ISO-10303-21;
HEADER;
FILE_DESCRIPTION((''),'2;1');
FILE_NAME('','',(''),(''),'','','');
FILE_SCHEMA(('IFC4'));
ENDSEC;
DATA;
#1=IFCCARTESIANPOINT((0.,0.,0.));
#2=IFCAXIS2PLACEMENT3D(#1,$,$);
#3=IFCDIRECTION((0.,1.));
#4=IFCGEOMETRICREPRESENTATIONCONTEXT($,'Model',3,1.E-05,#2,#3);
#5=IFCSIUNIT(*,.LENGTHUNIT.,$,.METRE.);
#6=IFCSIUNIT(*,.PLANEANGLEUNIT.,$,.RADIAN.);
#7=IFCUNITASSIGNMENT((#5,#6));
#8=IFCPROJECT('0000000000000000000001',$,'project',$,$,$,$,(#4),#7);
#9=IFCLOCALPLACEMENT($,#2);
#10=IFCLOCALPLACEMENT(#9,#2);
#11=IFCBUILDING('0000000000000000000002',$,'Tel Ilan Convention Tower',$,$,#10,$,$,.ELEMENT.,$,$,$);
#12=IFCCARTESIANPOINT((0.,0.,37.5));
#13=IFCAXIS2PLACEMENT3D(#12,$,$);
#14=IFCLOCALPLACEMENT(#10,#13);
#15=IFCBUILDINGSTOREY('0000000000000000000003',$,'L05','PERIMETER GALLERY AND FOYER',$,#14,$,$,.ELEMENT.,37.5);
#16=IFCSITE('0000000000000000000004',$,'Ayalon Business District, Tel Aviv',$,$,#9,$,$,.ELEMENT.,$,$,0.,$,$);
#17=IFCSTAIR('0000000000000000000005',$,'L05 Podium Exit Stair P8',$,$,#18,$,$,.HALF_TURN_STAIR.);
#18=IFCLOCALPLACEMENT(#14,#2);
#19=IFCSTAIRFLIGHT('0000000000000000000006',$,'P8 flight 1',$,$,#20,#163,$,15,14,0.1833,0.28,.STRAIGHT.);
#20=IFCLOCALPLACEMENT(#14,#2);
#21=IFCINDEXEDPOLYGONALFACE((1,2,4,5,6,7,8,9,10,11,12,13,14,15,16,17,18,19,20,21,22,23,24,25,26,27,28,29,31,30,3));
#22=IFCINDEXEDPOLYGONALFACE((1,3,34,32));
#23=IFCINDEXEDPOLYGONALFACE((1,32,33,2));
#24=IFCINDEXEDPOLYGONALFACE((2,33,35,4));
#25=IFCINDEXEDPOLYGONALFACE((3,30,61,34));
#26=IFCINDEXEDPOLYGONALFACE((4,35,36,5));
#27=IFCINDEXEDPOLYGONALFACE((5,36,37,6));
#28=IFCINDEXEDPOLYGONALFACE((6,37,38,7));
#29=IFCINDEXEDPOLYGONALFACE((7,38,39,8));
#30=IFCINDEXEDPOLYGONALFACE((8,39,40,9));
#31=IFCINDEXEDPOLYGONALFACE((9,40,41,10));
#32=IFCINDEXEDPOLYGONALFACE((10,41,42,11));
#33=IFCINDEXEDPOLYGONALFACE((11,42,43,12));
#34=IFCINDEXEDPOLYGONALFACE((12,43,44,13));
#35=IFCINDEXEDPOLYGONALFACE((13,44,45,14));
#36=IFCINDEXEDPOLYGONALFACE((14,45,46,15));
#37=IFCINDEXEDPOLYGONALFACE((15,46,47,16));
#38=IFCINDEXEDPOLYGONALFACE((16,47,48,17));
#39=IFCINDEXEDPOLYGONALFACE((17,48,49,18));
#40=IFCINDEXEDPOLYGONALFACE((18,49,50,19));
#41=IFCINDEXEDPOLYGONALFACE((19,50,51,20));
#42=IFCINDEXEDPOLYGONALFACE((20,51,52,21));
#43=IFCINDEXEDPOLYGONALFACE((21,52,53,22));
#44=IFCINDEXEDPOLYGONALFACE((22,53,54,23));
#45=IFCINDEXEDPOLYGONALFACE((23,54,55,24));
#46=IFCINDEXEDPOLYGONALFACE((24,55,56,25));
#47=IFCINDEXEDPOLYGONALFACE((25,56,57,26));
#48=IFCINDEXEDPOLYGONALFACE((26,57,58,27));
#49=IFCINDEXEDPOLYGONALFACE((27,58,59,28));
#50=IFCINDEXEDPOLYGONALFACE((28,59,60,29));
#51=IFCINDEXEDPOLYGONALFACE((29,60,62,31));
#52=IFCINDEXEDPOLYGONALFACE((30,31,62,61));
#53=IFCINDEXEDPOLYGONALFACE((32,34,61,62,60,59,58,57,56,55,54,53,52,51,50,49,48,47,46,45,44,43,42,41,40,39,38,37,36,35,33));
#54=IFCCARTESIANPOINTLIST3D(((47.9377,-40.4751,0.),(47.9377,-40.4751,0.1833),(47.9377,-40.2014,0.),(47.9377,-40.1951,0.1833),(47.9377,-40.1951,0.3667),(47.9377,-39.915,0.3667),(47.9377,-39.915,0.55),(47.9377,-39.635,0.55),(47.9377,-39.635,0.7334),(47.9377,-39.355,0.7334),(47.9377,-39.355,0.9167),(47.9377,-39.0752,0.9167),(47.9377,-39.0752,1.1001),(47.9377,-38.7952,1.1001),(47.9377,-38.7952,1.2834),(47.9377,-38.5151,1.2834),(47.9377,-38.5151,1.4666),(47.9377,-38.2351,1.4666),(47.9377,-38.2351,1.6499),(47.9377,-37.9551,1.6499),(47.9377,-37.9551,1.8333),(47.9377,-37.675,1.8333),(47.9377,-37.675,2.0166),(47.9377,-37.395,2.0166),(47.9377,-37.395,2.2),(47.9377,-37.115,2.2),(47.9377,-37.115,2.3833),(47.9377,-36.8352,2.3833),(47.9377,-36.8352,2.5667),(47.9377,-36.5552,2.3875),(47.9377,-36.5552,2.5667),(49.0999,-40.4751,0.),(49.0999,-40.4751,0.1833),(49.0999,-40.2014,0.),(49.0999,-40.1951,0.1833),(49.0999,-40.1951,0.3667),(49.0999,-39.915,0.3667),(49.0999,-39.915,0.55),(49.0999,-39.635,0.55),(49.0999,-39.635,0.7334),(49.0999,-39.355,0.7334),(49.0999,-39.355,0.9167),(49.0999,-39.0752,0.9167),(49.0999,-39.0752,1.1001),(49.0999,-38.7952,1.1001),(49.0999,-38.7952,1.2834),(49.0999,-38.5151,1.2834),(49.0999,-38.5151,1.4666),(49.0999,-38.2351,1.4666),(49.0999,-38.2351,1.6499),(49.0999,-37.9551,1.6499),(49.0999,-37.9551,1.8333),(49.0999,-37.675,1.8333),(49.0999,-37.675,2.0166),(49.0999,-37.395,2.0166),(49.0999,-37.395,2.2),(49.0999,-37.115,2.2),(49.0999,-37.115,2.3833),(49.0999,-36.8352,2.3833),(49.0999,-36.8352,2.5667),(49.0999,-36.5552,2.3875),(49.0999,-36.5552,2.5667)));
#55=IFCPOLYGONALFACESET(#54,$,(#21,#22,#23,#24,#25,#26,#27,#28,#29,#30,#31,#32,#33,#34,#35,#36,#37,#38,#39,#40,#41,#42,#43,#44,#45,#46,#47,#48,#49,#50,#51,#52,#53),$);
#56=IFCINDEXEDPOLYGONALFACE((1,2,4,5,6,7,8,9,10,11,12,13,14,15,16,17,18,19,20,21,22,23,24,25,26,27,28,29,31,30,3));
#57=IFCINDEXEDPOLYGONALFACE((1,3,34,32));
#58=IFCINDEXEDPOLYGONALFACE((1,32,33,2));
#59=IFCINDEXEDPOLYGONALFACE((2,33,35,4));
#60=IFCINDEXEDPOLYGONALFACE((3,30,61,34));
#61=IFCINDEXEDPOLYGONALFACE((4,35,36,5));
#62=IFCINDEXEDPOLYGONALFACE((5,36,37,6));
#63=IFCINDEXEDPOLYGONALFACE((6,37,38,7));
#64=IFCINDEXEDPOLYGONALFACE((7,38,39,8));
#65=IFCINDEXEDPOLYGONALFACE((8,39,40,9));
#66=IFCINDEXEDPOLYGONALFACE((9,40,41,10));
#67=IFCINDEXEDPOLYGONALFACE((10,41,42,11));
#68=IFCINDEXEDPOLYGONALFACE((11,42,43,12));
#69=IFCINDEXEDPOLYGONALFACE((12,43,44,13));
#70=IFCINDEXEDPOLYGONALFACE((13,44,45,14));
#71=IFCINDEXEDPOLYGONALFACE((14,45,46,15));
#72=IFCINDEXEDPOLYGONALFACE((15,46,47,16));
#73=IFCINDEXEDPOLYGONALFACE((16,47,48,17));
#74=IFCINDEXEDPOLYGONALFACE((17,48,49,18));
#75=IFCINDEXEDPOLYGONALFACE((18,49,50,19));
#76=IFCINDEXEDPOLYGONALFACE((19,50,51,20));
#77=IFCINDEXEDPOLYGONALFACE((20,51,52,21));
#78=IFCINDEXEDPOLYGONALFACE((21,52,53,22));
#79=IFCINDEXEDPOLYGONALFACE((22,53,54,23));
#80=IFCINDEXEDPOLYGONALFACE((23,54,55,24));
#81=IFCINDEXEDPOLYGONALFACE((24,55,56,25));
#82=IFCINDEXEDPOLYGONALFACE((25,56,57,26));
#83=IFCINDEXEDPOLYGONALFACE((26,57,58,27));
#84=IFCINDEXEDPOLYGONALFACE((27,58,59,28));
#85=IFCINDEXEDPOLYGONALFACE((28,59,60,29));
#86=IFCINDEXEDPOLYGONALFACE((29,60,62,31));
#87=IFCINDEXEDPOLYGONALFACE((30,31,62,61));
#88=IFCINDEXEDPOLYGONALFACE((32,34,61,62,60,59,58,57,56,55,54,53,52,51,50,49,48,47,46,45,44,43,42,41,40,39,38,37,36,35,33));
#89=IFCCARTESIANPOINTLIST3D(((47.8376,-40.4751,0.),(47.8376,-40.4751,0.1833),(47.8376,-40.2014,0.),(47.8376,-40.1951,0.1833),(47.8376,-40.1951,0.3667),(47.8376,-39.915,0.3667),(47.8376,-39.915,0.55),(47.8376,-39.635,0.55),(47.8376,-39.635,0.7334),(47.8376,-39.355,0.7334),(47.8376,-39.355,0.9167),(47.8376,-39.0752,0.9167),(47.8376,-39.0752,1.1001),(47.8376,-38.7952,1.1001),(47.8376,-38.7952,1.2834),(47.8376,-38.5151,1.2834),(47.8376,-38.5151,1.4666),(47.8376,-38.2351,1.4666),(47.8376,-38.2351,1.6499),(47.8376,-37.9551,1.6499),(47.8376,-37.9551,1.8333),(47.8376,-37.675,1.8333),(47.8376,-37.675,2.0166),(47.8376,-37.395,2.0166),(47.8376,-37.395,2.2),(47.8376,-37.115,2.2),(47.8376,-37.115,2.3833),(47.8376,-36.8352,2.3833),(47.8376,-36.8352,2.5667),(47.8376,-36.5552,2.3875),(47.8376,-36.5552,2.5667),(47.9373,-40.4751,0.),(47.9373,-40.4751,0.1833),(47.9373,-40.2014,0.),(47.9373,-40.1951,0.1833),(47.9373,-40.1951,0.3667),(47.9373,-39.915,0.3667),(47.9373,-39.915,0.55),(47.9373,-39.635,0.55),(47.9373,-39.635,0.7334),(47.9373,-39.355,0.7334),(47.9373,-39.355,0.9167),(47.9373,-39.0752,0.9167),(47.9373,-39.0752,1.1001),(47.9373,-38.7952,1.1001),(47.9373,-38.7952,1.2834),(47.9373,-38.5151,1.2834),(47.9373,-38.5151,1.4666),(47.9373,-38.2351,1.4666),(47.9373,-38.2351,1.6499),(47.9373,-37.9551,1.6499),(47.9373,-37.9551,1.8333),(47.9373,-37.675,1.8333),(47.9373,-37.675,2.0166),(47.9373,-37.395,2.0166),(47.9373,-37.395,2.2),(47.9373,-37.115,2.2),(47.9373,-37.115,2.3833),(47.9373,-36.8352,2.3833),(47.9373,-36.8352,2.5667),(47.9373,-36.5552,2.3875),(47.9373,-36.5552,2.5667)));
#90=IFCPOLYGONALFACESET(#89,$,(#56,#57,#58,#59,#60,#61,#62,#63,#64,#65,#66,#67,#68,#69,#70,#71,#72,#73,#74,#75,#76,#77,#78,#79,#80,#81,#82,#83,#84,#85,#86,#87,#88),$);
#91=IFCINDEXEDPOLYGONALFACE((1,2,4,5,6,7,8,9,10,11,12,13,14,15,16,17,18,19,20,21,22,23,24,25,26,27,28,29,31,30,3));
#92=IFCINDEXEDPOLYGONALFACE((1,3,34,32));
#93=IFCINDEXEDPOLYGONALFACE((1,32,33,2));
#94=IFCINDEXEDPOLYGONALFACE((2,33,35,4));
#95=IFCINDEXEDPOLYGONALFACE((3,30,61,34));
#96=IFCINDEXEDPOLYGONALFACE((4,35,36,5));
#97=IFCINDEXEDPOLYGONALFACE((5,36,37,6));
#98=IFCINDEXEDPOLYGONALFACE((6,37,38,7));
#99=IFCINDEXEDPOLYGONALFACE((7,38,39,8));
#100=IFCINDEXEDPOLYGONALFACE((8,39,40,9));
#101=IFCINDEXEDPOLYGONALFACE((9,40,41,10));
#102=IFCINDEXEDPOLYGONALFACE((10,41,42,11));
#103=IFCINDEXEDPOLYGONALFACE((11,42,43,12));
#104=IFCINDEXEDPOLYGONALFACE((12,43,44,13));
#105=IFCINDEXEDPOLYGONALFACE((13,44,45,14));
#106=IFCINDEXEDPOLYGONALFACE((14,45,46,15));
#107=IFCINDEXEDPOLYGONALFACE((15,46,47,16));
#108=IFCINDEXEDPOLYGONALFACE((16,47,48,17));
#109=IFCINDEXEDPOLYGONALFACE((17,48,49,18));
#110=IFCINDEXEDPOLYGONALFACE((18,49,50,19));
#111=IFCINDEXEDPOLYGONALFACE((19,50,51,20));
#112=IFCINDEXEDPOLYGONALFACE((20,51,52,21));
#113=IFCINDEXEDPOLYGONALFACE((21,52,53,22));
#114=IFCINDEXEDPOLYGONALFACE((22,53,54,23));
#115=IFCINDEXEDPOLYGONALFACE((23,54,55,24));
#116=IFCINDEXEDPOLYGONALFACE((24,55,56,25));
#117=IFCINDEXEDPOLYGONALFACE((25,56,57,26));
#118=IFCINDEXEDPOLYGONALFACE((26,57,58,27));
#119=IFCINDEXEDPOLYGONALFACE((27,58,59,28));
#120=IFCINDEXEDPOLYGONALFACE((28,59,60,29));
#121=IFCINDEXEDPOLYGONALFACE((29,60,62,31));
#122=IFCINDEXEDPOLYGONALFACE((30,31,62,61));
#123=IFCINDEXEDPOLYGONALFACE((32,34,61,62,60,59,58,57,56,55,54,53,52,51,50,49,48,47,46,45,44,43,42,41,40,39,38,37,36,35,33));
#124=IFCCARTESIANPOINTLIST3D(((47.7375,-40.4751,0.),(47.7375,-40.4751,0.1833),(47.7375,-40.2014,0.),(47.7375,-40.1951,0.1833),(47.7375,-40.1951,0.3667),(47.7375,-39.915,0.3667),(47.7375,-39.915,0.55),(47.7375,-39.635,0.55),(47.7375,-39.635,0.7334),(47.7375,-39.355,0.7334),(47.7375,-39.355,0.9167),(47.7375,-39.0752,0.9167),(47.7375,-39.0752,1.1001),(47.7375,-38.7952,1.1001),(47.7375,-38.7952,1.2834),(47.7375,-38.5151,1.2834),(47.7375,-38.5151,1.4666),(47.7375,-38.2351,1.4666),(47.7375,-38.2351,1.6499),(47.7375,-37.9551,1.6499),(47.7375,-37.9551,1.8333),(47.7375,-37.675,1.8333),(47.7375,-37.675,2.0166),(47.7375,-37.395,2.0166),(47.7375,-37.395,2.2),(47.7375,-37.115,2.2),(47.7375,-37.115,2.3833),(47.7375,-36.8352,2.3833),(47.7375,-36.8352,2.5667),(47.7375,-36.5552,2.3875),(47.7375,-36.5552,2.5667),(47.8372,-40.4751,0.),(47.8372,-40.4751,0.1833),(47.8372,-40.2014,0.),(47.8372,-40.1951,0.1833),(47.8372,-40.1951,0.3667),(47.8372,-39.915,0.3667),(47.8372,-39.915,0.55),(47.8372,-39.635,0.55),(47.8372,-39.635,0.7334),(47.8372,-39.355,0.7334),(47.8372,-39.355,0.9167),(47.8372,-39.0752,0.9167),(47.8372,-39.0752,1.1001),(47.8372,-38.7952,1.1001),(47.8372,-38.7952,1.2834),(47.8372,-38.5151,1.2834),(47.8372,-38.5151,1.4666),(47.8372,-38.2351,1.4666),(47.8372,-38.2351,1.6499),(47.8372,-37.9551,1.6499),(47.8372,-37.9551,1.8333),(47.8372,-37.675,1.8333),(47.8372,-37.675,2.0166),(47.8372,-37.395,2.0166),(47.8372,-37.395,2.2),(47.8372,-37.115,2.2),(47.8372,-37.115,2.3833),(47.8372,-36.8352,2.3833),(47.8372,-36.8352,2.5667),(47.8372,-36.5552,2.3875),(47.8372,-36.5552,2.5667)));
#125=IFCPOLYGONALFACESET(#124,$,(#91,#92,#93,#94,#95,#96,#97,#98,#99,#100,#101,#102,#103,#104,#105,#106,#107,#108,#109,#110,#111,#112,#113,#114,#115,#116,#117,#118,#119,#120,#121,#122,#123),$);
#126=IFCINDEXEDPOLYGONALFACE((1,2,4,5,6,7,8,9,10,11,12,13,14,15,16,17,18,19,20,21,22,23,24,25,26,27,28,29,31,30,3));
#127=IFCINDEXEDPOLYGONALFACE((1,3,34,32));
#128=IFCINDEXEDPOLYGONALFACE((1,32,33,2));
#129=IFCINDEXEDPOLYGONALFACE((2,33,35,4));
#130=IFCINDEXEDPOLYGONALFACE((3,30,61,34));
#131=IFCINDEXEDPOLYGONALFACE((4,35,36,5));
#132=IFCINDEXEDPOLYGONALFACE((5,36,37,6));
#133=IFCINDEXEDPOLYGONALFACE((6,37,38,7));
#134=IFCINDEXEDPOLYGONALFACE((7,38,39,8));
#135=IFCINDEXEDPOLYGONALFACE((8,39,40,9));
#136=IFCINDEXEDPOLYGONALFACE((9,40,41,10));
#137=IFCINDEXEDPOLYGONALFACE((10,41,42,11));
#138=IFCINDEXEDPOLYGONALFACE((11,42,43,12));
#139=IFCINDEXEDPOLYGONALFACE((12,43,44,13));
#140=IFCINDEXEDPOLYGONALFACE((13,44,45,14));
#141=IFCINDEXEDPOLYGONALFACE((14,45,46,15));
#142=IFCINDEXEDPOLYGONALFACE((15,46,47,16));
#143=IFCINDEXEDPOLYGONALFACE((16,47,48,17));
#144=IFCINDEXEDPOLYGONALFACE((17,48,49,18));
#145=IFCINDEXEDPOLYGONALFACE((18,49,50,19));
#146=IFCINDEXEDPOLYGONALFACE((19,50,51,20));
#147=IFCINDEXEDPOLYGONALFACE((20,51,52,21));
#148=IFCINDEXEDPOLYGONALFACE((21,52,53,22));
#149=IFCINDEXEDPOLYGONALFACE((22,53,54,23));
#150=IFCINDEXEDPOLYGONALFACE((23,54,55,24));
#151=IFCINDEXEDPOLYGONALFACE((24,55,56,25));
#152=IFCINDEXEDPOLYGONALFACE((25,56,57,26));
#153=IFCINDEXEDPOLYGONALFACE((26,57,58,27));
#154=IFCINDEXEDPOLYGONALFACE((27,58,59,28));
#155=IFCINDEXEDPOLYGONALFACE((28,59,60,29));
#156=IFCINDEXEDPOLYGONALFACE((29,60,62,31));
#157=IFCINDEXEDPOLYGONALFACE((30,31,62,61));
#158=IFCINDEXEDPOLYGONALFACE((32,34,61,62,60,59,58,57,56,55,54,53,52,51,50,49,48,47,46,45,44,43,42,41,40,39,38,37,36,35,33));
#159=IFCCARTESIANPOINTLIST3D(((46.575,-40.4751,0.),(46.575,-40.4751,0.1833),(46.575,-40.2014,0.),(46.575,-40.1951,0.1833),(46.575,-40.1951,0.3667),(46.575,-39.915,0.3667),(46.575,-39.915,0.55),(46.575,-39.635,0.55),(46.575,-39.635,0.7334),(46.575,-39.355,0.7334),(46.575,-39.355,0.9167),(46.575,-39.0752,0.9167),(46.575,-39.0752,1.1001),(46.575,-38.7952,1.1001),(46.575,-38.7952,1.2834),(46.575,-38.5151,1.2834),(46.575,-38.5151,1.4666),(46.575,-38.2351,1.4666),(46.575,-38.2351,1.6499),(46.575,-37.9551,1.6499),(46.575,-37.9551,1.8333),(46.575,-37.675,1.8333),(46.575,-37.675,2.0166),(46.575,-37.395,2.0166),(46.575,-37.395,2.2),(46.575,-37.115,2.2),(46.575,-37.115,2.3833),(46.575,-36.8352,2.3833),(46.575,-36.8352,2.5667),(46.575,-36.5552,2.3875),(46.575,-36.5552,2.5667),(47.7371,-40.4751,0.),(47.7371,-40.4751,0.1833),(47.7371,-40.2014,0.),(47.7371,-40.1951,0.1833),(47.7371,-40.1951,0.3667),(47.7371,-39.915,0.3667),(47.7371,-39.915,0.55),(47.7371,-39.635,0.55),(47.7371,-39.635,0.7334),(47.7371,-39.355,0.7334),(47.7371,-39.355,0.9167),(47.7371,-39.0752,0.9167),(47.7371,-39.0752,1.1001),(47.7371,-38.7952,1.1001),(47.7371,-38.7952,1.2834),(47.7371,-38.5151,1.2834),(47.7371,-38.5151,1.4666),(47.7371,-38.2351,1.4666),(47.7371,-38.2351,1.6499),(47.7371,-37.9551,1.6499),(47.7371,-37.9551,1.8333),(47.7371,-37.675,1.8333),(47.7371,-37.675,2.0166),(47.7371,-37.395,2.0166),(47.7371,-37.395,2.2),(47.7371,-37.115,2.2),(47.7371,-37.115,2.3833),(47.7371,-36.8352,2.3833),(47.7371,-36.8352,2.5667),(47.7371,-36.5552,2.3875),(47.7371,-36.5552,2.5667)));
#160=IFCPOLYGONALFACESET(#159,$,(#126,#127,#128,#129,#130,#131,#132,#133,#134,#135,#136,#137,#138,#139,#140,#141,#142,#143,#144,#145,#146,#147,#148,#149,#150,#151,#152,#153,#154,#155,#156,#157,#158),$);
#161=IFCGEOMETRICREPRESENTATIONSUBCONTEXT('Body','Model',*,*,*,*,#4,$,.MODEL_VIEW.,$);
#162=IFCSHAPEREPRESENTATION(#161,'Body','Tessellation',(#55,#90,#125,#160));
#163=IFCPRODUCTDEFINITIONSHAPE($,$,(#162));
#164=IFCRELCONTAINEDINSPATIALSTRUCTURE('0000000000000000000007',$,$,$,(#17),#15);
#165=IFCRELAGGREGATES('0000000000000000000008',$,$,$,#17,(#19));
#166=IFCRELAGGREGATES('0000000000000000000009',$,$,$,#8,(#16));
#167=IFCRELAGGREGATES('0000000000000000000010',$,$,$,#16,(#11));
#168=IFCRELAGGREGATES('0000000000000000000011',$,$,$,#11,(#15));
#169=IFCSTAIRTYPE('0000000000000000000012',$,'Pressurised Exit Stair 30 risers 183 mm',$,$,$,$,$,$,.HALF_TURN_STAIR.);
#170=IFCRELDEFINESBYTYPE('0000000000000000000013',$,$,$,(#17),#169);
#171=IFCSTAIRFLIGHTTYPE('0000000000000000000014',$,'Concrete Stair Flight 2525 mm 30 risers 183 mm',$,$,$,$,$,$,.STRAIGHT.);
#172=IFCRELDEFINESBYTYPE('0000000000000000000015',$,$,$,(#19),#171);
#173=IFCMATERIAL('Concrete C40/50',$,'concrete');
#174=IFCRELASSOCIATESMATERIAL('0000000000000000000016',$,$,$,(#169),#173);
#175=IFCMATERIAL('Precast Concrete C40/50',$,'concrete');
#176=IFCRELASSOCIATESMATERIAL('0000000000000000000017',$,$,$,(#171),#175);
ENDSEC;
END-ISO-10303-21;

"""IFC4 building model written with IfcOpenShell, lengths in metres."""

from ifc_helpers import new_model, si_unit, direction, frame, origin, place, context, subcontext, project, spatial, polyline, outline, extrude, material, type_object, element, aggregate, save


model = new_model("IFC4")

# Units and contexts
model_context = context("Model", 3, precision=1e-05, world=origin(), true_north=direction((0.0, 1.0)))
body_context = subcontext(model_context, "Body", "Model", "MODEL_VIEW")
ifc_project = project(units=[si_unit("LENGTHUNIT", "METRE"), si_unit("PLANEANGLEUNIT", "RADIAN")], contexts=[model_context])

# Site, building, storey
site_placement = place(None, origin())
site = spatial("IfcSite", under=ifc_project, at=site_placement, Name="Ayalon Business District, Tel Aviv", CompositionType="ELEMENT", RefElevation=0.0)
building_placement = place(site_placement, origin())
building = spatial("IfcBuilding", under=site, at=building_placement, Name="Tel Ilan Convention Tower", CompositionType="ELEMENT")
storey_placement = place(building_placement, frame((0.0, 0.0, 37.5)))
storey = spatial("IfcBuildingStorey", under=building, at=storey_placement, Name="L05", Description="PERIMETER GALLERY AND FOYER", CompositionType="ELEMENT", Elevation=37.5)

# Stair, stair flight
ifc_material_1 = material(Name="Concrete C40/50", Category="concrete")
stair_type = type_object("IfcStairType", Name="Pressurised Exit Stair 30 risers 183 mm", PredefinedType="HALF_TURN_STAIR", material=ifc_material_1)
ifc_material_2 = material(Name="Precast Concrete C40/50", Category="concrete")
stair_flight_type = type_object("IfcStairFlightType", Name="Concrete Stair Flight 2525 mm 30 risers 183 mm", PredefinedType="STRAIGHT", material=ifc_material_2)
stair_1_placement = place(storey_placement, origin())
stair_1 = element("IfcStair", 1, at=stair_1_placement, inside=storey, type_object=stair_type, Name="L05 Podium Exit Stair P8", PredefinedType="HALF_TURN_STAIR")
stair_flight_1_placement = place(storey_placement, frame((47.8374, -40.4751, 0.0), z_axis=(0.0, 0.0, 1.0), x_axis=(0.0, 1.0, 0.0)))
stair_flight_1 = element("IfcStairFlight", 2, at=stair_flight_1_placement, type_object=stair_flight_type, Name="P8 flight 1", NumberOfRisers=15, NumberOfTreads=14, PredefinedType="STRAIGHT", RiserHeight=0.1833, TreadLength=0.28, context=body_context, shape_type="SweptSolid", body=[
    extrude(outline(polyline([(0.0, 0.0), (0.0, 0.1833), (0.28, 0.1833), (0.28, 0.3667), (0.5601, 0.3667), (0.5601, 0.55), (0.8401, 0.55), (0.8401, 0.7334), (1.1201, 0.7334), (1.1201, 0.9167), (1.3999, 0.9167), (1.3999, 1.1001), (1.6799, 1.1001), (1.6799, 1.2834), (1.96, 1.2834), (1.96, 1.4666), (2.24, 1.4666), (2.24, 1.6499), (2.52, 1.6499), (2.52, 1.8333), (2.8, 1.8333), (2.8, 2.0166), (3.0801, 2.0166), (3.0801, 2.2), (3.3601, 2.2), (3.3601, 2.3833), (3.6399, 2.3833), (3.6399, 2.5667), (3.9199, 2.5667), (3.9199, 2.75), (3.9199, 2.3875), (0.2737, 0.0), (0.0, 0.0)])), frame((0.0, -0.1003, 0.0), z_axis=(0.0, -1.0, 0.0), x_axis=(1.0, 0.0, 0.0)), (0.0, 0.0, 1.0), 1.1621),
    extrude(outline(polyline([(0.0, 0.0), (0.0, 0.1833), (0.28, 0.1833), (0.28, 0.3667), (0.5601, 0.3667), (0.5601, 0.55), (0.8401, 0.55), (0.8401, 0.7334), (1.1201, 0.7334), (1.1201, 0.9167), (1.3999, 0.9167), (1.3999, 1.1001), (1.6799, 1.1001), (1.6799, 1.2834), (1.96, 1.2834), (1.96, 1.4666), (2.24, 1.4666), (2.24, 1.6499), (2.52, 1.6499), (2.52, 1.8333), (2.8, 1.8333), (2.8, 2.0166), (3.0801, 2.0166), (3.0801, 2.2), (3.3601, 2.2), (3.3601, 2.3833), (3.6399, 2.3833), (3.6399, 2.5667), (3.9199, 2.5667), (3.9199, 2.75), (3.9199, 2.3875), (0.2737, 0.0), (0.0, 0.0)])), frame((0.0, -0.0002, 0.0), z_axis=(0.0, -1.0, 0.0), x_axis=(1.0, 0.0, 0.0)), (0.0, 0.0, 1.0), 0.0996),
    extrude(outline(polyline([(0.0, 0.0), (0.0, 0.1833), (0.28, 0.1833), (0.28, 0.3667), (0.5601, 0.3667), (0.5601, 0.55), (0.8401, 0.55), (0.8401, 0.7334), (1.1201, 0.7334), (1.1201, 0.9167), (1.3999, 0.9167), (1.3999, 1.1001), (1.6799, 1.1001), (1.6799, 1.2834), (1.96, 1.2834), (1.96, 1.4666), (2.24, 1.4666), (2.24, 1.6499), (2.52, 1.6499), (2.52, 1.8333), (2.8, 1.8333), (2.8, 2.0166), (3.0801, 2.0166), (3.0801, 2.2), (3.3601, 2.2), (3.3601, 2.3833), (3.6399, 2.3833), (3.6399, 2.5667), (3.9199, 2.5667), (3.9199, 2.75), (3.9199, 2.3875), (0.2737, 0.0), (0.0, 0.0)])), frame((0.0, 0.0999, 0.0), z_axis=(0.0, -1.0, 0.0), x_axis=(1.0, 0.0, 0.0)), (0.0, 0.0, 1.0), 0.0996),
    extrude(outline(polyline([(0.0, 0.0), (0.0, 0.1833), (0.28, 0.1833), (0.28, 0.3667), (0.5601, 0.3667), (0.5601, 0.55), (0.8401, 0.55), (0.8401, 0.7334), (1.1201, 0.7334), (1.1201, 0.9167), (1.3999, 0.9167), (1.3999, 1.1001), (1.6799, 1.1001), (1.6799, 1.2834), (1.96, 1.2834), (1.96, 1.4666), (2.24, 1.4666), (2.24, 1.6499), (2.52, 1.6499), (2.52, 1.8333), (2.8, 1.8333), (2.8, 2.0166), (3.0801, 2.0166), (3.0801, 2.2), (3.3601, 2.2), (3.3601, 2.3833), (3.6399, 2.3833), (3.6399, 2.5667), (3.9199, 2.5667), (3.9199, 2.75), (3.9199, 2.3875), (0.2737, 0.0), (0.0, 0.0)])), frame((0.0, 1.2625, 0.0), z_axis=(0.0, -1.0, 0.0), x_axis=(1.0, 0.0, 0.0)), (0.0, 0.0, 1.0), 1.1621),
])
aggregate(stair_1, [stair_flight_1])

save(model, "model.ifc")
